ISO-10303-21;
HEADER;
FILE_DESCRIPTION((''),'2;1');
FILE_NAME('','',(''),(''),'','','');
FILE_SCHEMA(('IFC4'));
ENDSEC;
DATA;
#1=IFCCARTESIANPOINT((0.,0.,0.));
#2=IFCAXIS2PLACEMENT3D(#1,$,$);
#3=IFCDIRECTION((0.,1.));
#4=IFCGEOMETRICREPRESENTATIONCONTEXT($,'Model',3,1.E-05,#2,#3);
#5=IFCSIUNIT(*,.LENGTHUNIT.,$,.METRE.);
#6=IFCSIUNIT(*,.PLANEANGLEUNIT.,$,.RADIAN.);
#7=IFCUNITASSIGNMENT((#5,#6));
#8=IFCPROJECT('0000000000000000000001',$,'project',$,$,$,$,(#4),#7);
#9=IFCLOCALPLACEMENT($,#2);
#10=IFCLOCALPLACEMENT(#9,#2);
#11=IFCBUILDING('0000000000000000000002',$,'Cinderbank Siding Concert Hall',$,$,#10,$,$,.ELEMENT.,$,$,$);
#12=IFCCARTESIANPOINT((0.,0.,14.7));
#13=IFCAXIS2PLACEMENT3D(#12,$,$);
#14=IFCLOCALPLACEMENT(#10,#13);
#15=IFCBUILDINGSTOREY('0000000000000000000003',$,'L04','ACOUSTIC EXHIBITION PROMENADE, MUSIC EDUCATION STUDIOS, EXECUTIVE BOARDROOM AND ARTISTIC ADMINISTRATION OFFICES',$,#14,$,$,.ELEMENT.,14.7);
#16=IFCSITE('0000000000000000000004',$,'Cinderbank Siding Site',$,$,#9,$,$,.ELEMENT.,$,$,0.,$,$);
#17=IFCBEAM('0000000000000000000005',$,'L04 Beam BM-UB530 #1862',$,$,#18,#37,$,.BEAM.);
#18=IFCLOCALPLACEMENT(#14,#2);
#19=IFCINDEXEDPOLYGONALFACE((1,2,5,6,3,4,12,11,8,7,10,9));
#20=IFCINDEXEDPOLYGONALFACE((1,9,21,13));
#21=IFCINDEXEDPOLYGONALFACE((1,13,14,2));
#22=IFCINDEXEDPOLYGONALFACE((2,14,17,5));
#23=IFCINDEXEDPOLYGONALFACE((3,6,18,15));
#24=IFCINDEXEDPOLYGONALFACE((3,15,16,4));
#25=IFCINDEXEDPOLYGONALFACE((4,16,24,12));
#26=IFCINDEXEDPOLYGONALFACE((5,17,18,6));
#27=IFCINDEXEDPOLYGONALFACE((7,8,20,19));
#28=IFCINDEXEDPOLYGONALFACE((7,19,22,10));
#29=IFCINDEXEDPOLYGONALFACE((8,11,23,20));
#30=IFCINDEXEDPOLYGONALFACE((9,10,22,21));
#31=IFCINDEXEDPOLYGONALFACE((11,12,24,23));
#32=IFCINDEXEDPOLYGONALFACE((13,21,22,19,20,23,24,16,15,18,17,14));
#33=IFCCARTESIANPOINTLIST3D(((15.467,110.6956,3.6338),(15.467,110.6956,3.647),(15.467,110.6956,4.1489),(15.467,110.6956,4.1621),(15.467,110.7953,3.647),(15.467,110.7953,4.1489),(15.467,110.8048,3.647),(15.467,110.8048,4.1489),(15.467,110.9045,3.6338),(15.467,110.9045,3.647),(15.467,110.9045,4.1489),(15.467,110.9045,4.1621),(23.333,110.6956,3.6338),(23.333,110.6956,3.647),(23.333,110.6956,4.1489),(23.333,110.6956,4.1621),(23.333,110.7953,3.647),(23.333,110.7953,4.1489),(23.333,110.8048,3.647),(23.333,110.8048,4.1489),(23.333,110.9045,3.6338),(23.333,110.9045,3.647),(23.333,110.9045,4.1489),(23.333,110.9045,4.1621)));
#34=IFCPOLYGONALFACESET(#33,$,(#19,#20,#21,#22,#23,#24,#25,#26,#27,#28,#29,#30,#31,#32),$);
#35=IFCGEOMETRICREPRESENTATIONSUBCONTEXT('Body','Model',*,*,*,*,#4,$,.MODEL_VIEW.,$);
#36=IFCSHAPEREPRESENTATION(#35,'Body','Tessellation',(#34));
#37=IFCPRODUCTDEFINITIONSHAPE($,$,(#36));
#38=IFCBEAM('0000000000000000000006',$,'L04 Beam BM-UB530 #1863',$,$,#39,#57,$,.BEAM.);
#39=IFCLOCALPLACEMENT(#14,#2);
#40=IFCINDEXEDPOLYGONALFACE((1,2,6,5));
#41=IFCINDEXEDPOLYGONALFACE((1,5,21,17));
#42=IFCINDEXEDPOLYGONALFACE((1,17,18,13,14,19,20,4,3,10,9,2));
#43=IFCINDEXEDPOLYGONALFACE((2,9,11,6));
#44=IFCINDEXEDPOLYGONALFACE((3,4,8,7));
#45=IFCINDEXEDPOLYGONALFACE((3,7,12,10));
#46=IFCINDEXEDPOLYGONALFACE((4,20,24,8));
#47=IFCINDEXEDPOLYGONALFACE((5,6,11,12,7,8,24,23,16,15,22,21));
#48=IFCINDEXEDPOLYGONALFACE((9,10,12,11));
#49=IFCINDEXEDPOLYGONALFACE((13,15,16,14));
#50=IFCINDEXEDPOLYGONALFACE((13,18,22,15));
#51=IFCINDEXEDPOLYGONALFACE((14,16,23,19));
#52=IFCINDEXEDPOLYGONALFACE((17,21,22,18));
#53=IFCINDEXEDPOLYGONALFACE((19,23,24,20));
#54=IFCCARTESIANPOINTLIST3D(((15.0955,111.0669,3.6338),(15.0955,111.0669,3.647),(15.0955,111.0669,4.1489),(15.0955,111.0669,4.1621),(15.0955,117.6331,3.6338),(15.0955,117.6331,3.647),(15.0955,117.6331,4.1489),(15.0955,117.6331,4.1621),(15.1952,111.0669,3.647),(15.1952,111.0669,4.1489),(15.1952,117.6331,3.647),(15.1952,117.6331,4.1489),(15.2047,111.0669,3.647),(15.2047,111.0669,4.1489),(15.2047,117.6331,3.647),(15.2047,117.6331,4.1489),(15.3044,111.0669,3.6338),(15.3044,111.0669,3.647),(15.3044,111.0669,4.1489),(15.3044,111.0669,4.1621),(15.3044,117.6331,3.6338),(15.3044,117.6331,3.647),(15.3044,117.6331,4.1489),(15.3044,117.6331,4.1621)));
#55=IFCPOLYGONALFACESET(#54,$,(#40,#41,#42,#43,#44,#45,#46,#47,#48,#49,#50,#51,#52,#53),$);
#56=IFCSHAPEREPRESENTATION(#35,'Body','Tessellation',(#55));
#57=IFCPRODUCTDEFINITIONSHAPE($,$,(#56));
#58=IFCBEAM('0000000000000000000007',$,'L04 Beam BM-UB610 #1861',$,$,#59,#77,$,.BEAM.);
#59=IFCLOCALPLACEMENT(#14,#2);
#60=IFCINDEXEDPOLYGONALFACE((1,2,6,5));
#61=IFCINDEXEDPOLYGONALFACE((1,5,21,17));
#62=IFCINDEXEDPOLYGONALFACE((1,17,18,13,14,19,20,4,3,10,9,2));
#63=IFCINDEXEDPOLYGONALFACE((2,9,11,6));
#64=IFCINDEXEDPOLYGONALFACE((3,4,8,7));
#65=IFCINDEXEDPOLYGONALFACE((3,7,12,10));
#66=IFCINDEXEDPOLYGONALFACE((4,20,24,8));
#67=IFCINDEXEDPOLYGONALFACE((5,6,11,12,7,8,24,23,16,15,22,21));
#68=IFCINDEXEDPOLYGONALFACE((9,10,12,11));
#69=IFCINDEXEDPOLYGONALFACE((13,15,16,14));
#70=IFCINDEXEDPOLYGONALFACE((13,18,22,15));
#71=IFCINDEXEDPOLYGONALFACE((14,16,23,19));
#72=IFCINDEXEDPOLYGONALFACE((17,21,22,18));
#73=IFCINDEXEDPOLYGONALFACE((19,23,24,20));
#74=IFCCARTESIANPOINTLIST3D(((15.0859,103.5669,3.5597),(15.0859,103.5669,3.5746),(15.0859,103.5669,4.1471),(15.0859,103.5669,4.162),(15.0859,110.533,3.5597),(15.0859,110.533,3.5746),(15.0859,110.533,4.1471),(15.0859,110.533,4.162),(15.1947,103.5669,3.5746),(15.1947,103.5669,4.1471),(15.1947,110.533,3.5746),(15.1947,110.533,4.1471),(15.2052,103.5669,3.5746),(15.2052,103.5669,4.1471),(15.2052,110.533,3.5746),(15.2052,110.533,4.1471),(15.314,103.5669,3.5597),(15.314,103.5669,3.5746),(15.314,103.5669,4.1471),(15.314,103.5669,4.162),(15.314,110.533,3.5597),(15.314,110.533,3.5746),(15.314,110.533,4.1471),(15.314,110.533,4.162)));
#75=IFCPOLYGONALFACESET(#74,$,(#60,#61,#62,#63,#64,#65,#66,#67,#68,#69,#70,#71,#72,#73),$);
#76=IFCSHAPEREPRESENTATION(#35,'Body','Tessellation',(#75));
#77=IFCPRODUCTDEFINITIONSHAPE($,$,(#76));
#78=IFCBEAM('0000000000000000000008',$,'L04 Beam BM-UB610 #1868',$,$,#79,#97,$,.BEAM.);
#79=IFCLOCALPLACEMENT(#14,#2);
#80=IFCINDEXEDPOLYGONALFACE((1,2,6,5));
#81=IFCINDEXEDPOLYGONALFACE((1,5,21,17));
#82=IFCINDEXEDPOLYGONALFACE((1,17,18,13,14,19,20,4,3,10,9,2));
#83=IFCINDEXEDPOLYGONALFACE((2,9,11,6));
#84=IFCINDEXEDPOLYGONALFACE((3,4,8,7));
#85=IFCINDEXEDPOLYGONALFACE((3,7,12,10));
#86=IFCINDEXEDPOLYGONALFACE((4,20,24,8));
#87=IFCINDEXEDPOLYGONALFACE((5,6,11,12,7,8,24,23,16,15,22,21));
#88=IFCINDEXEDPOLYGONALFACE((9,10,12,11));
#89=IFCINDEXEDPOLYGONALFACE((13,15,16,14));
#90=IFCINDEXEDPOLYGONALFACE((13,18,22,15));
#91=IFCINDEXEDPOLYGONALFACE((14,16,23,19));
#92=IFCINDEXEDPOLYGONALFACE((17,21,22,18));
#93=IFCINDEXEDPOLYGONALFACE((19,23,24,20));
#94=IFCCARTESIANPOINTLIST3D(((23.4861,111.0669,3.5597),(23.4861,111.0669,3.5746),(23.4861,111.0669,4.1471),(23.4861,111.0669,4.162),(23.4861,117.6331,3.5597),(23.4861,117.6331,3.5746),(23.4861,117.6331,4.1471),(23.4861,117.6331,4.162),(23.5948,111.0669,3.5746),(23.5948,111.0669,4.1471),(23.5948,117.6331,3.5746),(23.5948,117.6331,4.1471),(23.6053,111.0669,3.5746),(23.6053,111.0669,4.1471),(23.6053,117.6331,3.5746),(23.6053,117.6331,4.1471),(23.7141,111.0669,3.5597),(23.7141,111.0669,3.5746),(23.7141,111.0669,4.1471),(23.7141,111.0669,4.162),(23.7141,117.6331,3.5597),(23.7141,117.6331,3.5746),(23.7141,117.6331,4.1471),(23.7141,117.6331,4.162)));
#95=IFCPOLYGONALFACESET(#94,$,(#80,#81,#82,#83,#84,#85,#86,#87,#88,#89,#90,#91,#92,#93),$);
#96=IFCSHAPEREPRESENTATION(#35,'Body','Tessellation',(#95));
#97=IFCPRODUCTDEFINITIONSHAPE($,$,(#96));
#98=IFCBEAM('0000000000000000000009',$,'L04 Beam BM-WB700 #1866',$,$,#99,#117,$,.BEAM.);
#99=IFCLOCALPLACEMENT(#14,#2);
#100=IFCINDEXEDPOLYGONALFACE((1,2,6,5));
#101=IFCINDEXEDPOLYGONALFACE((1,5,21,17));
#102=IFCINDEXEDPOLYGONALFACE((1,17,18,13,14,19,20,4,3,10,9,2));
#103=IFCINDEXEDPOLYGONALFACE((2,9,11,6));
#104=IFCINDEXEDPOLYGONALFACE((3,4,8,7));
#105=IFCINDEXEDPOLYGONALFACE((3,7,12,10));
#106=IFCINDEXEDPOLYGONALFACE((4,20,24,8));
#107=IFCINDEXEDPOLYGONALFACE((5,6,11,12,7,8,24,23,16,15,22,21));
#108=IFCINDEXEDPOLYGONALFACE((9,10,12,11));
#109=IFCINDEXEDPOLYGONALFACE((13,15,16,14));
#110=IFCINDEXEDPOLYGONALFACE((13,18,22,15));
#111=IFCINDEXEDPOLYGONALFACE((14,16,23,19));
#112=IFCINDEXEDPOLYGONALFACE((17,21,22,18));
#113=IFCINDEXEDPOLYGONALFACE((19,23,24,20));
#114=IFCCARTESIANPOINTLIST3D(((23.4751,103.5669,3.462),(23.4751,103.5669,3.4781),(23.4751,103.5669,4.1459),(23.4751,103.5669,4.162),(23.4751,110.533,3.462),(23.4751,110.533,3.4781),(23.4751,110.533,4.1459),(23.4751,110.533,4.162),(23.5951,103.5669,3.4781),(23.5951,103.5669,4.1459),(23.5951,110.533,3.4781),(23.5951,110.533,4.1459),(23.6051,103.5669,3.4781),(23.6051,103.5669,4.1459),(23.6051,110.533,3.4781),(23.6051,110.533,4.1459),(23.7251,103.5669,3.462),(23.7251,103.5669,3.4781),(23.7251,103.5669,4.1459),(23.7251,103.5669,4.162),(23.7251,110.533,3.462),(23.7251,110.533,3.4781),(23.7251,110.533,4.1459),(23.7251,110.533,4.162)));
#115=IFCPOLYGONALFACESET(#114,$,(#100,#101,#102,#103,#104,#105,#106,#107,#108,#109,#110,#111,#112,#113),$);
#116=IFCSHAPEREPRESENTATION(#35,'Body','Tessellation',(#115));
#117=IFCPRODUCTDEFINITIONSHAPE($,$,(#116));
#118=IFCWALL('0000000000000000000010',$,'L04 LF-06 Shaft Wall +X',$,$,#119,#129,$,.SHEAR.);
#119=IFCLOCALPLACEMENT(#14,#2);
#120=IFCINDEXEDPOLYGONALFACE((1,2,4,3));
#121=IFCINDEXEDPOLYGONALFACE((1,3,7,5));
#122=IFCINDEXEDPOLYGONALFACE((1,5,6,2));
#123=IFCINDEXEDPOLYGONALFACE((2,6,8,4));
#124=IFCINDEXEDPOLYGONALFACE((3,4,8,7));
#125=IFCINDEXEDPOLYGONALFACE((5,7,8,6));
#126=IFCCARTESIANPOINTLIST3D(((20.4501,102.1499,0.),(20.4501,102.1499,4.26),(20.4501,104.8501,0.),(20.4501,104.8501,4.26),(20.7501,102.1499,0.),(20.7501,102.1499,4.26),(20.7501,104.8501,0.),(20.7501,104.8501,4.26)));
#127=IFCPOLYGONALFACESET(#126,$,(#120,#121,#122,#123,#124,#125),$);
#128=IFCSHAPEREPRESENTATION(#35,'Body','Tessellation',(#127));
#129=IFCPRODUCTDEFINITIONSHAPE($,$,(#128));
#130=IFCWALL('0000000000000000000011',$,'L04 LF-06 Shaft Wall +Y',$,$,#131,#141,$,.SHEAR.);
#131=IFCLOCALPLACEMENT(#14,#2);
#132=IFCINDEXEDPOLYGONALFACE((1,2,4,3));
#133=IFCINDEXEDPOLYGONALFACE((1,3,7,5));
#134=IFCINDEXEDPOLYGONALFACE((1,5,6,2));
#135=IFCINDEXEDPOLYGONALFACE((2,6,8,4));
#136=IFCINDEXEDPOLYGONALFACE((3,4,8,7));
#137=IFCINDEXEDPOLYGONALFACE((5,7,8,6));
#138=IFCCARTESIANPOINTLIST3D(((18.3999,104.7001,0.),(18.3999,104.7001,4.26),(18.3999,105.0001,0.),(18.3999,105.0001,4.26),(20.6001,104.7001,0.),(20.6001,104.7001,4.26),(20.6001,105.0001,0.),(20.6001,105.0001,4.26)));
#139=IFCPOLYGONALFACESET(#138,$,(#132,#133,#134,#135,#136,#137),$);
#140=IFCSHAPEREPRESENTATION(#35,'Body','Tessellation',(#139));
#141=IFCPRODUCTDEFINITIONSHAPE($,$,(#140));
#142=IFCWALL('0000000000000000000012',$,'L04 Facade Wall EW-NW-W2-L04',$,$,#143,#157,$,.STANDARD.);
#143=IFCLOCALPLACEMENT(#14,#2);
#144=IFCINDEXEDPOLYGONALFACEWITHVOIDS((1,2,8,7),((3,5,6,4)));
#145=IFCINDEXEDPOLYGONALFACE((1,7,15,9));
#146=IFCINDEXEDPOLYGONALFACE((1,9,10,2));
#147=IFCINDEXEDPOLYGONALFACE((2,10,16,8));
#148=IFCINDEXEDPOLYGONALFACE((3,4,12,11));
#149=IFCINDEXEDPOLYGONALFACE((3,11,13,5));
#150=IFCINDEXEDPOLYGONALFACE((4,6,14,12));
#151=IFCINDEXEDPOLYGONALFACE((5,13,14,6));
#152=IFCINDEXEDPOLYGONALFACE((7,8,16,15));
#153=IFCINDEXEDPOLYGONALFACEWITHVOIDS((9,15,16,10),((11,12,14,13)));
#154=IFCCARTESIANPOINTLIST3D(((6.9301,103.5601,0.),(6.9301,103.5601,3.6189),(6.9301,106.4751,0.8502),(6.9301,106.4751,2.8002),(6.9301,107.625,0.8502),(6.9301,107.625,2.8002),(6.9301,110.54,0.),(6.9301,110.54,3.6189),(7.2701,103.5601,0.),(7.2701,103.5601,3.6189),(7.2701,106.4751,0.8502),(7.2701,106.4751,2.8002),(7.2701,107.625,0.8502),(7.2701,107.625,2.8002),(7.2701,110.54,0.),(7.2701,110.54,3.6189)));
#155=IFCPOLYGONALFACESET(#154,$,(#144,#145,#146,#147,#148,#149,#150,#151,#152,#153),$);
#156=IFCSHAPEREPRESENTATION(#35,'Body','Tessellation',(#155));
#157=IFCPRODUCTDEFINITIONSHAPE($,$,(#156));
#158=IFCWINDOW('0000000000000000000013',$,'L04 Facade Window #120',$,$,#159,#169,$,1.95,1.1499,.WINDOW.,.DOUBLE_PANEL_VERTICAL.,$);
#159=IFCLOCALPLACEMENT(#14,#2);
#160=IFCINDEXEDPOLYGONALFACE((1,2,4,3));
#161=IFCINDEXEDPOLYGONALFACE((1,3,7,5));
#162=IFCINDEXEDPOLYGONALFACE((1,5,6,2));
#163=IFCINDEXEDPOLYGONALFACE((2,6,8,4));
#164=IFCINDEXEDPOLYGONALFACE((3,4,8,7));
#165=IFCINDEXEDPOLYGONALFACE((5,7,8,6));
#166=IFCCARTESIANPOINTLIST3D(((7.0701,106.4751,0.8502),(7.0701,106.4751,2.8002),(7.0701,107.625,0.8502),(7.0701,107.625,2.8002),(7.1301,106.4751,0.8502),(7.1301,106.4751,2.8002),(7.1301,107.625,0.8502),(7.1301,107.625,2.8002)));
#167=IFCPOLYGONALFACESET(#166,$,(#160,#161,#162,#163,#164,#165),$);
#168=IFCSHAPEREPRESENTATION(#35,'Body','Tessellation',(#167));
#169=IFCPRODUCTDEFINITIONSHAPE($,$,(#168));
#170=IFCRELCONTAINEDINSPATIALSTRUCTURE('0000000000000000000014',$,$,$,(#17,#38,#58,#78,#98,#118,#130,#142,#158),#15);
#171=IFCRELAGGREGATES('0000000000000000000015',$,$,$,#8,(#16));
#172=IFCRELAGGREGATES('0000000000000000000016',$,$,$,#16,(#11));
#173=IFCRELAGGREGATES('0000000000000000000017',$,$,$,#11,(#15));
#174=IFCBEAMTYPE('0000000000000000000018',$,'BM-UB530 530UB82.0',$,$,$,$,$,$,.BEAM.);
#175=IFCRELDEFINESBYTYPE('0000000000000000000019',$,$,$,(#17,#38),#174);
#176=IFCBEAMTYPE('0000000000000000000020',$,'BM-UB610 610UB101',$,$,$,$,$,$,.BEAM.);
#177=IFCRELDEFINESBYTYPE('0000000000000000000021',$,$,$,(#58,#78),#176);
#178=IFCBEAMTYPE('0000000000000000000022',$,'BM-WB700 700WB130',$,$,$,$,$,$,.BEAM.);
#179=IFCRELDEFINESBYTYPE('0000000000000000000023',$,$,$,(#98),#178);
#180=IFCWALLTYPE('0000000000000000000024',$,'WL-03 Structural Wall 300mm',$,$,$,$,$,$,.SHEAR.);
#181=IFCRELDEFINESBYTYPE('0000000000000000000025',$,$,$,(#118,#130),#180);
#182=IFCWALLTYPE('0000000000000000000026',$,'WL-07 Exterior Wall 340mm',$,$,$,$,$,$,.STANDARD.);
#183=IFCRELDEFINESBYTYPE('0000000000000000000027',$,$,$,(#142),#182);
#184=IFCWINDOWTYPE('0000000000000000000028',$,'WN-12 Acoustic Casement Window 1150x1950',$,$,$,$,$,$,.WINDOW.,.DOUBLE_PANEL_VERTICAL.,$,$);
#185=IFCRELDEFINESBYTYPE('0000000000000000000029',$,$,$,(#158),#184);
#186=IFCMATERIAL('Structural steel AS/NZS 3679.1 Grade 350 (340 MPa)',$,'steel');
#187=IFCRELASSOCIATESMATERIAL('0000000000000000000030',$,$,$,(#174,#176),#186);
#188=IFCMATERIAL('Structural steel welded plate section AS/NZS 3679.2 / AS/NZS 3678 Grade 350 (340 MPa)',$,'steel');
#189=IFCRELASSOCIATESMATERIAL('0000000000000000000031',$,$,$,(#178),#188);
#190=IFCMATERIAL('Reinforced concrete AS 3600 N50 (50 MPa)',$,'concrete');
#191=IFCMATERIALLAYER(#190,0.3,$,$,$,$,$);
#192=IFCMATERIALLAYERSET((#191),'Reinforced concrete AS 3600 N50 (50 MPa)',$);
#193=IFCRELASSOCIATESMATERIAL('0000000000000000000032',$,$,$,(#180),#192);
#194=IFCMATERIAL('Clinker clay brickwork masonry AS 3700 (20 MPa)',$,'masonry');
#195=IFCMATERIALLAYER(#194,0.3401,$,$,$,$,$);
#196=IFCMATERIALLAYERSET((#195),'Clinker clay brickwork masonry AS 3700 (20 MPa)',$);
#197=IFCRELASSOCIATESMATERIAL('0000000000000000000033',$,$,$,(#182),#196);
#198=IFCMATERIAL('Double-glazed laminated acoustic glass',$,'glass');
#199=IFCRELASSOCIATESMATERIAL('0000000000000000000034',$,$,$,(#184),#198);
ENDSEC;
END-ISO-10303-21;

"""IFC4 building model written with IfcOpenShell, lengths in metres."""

from ifc_helpers import new_model, si_unit, direction, frame, frame_2d, origin, origin_2d, place, context, subcontext, project, spatial, rectangle, i_section, extrude, material, layer, layer_set, material_profile, profile_set, type_object, element, fill, save


model = new_model("IFC4")

# Units and contexts
model_context = context("Model", 3, precision=1e-05, world=origin(), true_north=direction((0.0, 1.0)))
body_context = subcontext(model_context, "Body", "Model", "MODEL_VIEW")
ifc_project = project(units=[si_unit("LENGTHUNIT", "METRE"), si_unit("PLANEANGLEUNIT", "RADIAN")], contexts=[model_context])

# Site, building, storey
site_placement = place(None, origin())
site = spatial("IfcSite", under=ifc_project, at=site_placement, Name="Cinderbank Siding Site", CompositionType="ELEMENT", RefElevation=0.0)
building_placement = place(site_placement, origin())
building = spatial("IfcBuilding", under=site, at=building_placement, Name="Cinderbank Siding Concert Hall", CompositionType="ELEMENT")
storey_placement = place(building_placement, frame((0.0, 0.0, 14.7)))
storey = spatial("IfcBuildingStorey", under=building, at=storey_placement, Name="L04", Description="ACOUSTIC EXHIBITION PROMENADE, MUSIC EDUCATION STUDIOS, EXECUTIVE BOARDROOM AND ARTISTIC ADMINISTRATION OFFICES", CompositionType="ELEMENT", Elevation=14.7)

# Shared definitions
ifc_material_1 = material(Name="Reinforced concrete AS 3600 N50 (50 MPa)", Category="concrete")

# Beams
ifc_material_2 = material(Name="Structural steel AS/NZS 3679.1 Grade 350 (340 MPa)", Category="steel")
ifc_material_profile_1 = material_profile(ifc_material_2, i_section(OverallWidth=0.209, OverallDepth=0.5283, WebThickness=0.0095, FlangeThickness=0.0132, at=origin_2d()), Name="530UB82.0", Category="LoadBearing")
ifc_profile_set_1 = profile_set([ifc_material_profile_1], Name="Structural steel AS/NZS 3679.1 Grade 350 (340 MPa)")
beam_type_1 = type_object("IfcBeamType", Name="BM-UB530 530UB82.0", PredefinedType="BEAM", material=ifc_profile_set_1)
beam_1_placement = place(storey_placement, frame((15.467, 110.8, 3.8979), z_axis=(1.0, 0.0, 0.0), x_axis=(0.0, 1.0, 0.0)))
element("IfcBeam", 1, at=beam_1_placement, inside=storey, type_object=beam_type_1, Name="L04 Beam BM-UB530 #1862", PredefinedType="BEAM", context=body_context, shape_type="SweptSolid", body=[
    extrude(i_section(OverallWidth=0.209, OverallDepth=0.5283, WebThickness=0.0095, FlangeThickness=0.0132, at=origin_2d()), origin(), (0.0, 0.0, 1.0), 7.866),
])
beam_2_placement = place(storey_placement, frame((15.2, 111.0669, 3.8979), z_axis=(0.0, 1.0, 0.0), x_axis=(-1.0, 0.0, 0.0)))
element("IfcBeam", 2, at=beam_2_placement, inside=storey, type_object=beam_type_1, Name="L04 Beam BM-UB530 #1863", PredefinedType="BEAM", context=body_context, shape_type="SweptSolid", body=[
    extrude(i_section(OverallWidth=0.209, OverallDepth=0.5283, WebThickness=0.0095, FlangeThickness=0.0132, at=origin_2d()), origin(), (0.0, 0.0, 1.0), 6.5662),
])
ifc_material_profile_2 = material_profile(ifc_material_2, i_section(OverallWidth=0.228, OverallDepth=0.6023, WebThickness=0.0105, FlangeThickness=0.0149, at=origin_2d()), Name="610UB101", Category="LoadBearing")
ifc_profile_set_2 = profile_set([ifc_material_profile_2], Name="Structural steel AS/NZS 3679.1 Grade 350 (340 MPa)")
beam_type_2 = type_object("IfcBeamType", Name="BM-UB610 610UB101", PredefinedType="BEAM", material=ifc_profile_set_2)
beam_3_placement = place(storey_placement, frame((15.2, 103.5669, 3.8608), z_axis=(0.0, 1.0, 0.0), x_axis=(-1.0, 0.0, 0.0)))
element("IfcBeam", 3, at=beam_3_placement, inside=storey, type_object=beam_type_2, Name="L04 Beam BM-UB610 #1861", PredefinedType="BEAM", context=body_context, shape_type="SweptSolid", body=[
    extrude(i_section(OverallWidth=0.228, OverallDepth=0.6023, WebThickness=0.0105, FlangeThickness=0.0149, at=origin_2d()), origin(), (0.0, 0.0, 1.0), 6.9661),
])
beam_4_placement = place(storey_placement, frame((23.6001, 111.0669, 3.8608), z_axis=(0.0, 1.0, 0.0), x_axis=(-1.0, 0.0, 0.0)))
element("IfcBeam", 4, at=beam_4_placement, inside=storey, type_object=beam_type_2, Name="L04 Beam BM-UB610 #1868", PredefinedType="BEAM", context=body_context, shape_type="SweptSolid", body=[
    extrude(i_section(OverallWidth=0.228, OverallDepth=0.6023, WebThickness=0.0105, FlangeThickness=0.0149, at=origin_2d()), origin(), (0.0, 0.0, 1.0), 6.5662),
])
ifc_material_3 = material(Name="Structural steel welded plate section AS/NZS 3679.2 / AS/NZS 3678 Grade 350 (340 MPa)", Category="steel")
ifc_material_profile_3 = material_profile(ifc_material_3, i_section(OverallWidth=0.25, OverallDepth=0.7, WebThickness=0.01, FlangeThickness=0.0161, at=origin_2d()), Name="700WB130", Category="LoadBearing")
ifc_profile_set_3 = profile_set([ifc_material_profile_3], Name="Structural steel welded plate section AS/NZS 3679.2 / AS/NZS 3678 Grade 350 (340 MPa)")
beam_type_3 = type_object("IfcBeamType", Name="BM-WB700 700WB130", PredefinedType="BEAM", material=ifc_profile_set_3)
beam_5_placement = place(storey_placement, frame((23.6001, 103.5669, 3.812), z_axis=(0.0, 1.0, 0.0), x_axis=(-1.0, 0.0, 0.0)))
element("IfcBeam", 5, at=beam_5_placement, inside=storey, type_object=beam_type_3, Name="L04 Beam BM-WB700 #1866", PredefinedType="BEAM", context=body_context, shape_type="SweptSolid", body=[
    extrude(i_section(OverallWidth=0.25, OverallDepth=0.7, WebThickness=0.01, FlangeThickness=0.0161, at=origin_2d()), origin(), (0.0, 0.0, 1.0), 6.9661),
])

# Walls
ifc_layer_1 = layer(ifc_material_1, 0.3)
ifc_layer_set_1 = layer_set([ifc_layer_1], Name="Reinforced concrete AS 3600 N50 (50 MPa)")
wall_type_1 = type_object("IfcWallType", Name="WL-03 Structural Wall 300mm", PredefinedType="SHEAR", material=ifc_layer_set_1)
wall_1_placement = place(storey_placement, frame((20.6001, 104.8501, 0.0), z_axis=(0.0, 0.0, 1.0), x_axis=(0.0, -1.0, 0.0)))
element("IfcWall", 6, at=wall_1_placement, inside=storey, type_object=wall_type_1, Name="L04 LF-06 Shaft Wall +X", PredefinedType="SHEAR", context=body_context, shape_type="SweptSolid", body=[
    extrude(rectangle(XDim=2.7002, YDim=0.3, at=frame_2d((1.3501, 0.0))), origin(), (0.0, 0.0, 1.0), 4.26),
])
wall_2_placement = place(storey_placement, frame((18.3999, 104.8501, 0.0), z_axis=(0.0, 0.0, 1.0), x_axis=(1.0, 0.0, 0.0)))
element("IfcWall", 7, at=wall_2_placement, inside=storey, type_object=wall_type_1, Name="L04 LF-06 Shaft Wall +Y", PredefinedType="SHEAR", context=body_context, shape_type="SweptSolid", body=[
    extrude(rectangle(XDim=2.2002, YDim=0.3, at=frame_2d((1.1001, 0.0))), origin(), (0.0, 0.0, 1.0), 4.26),
])

# Wall, opening, window
ifc_material_4 = material(Name="Clinker clay brickwork masonry AS 3700 (20 MPa)", Category="masonry")
ifc_layer_2 = layer(ifc_material_4, 0.3401)
ifc_layer_set_2 = layer_set([ifc_layer_2], Name="Clinker clay brickwork masonry AS 3700 (20 MPa)")
wall_type_2 = type_object("IfcWallType", Name="WL-07 Exterior Wall 340mm", PredefinedType="STANDARD", material=ifc_layer_set_2)
wall_3_placement = place(storey_placement, frame((7.1001, 103.5601, 0.0), z_axis=(0.0, 0.0, 1.0), x_axis=(0.0, 1.0, 0.0)))
wall_3 = element("IfcWall", 8, at=wall_3_placement, inside=storey, type_object=wall_type_2, Name="L04 Facade Wall EW-NW-W2-L04", PredefinedType="STANDARD", context=body_context, shape_type="SweptSolid", body=[
    extrude(rectangle(XDim=6.98, YDim=0.3401, at=frame_2d((3.49, 0.0))), origin(), (0.0, 0.0, 1.0), 3.6189),
])
opening_1_placement = place(wall_3_placement, frame((2.915, 0.0, 0.8501)))
opening_1 = element("IfcOpeningElement", 9, at=opening_1_placement, cuts=wall_3, PredefinedType="OPENING", context=body_context, shape_type="SweptSolid", body=[
    extrude(rectangle(XDim=1.1499, YDim=1.95, at=frame_2d((0.575, 0.9751))), frame((0.0, 0.1821, 0.0), z_axis=(0.0, -1.0, 0.0), x_axis=(1.0, 0.0, 0.0)), (0.0, 0.0, 1.0), 0.364),
])
ifc_material_5 = material(Name="Double-glazed laminated acoustic glass", Category="glass")
window_type_1 = type_object("IfcWindowType", Name="WN-12 Acoustic Casement Window 1150x1950", PartitioningType="DOUBLE_PANEL_VERTICAL", PredefinedType="WINDOW", material=ifc_material_5)
window_1_placement = place(opening_1_placement, origin())
window_1 = element("IfcWindow", 10, at=window_1_placement, inside=storey, type_object=window_type_1, Name="L04 Facade Window #120", OverallHeight=1.95, OverallWidth=1.1499, PartitioningType="DOUBLE_PANEL_VERTICAL", PredefinedType="WINDOW", context=body_context, shape_type="SweptSolid", body=[
    extrude(rectangle(XDim=1.1499, YDim=1.95, at=frame_2d((0.575, 0.9751))), frame((0.0, 0.03, 0.0), z_axis=(0.0, -1.0, 0.0), x_axis=(1.0, 0.0, 0.0)), (0.0, 0.0, 1.0), 0.0601),
])
fill(opening_1, window_1)

save(model, "model.ifc")
